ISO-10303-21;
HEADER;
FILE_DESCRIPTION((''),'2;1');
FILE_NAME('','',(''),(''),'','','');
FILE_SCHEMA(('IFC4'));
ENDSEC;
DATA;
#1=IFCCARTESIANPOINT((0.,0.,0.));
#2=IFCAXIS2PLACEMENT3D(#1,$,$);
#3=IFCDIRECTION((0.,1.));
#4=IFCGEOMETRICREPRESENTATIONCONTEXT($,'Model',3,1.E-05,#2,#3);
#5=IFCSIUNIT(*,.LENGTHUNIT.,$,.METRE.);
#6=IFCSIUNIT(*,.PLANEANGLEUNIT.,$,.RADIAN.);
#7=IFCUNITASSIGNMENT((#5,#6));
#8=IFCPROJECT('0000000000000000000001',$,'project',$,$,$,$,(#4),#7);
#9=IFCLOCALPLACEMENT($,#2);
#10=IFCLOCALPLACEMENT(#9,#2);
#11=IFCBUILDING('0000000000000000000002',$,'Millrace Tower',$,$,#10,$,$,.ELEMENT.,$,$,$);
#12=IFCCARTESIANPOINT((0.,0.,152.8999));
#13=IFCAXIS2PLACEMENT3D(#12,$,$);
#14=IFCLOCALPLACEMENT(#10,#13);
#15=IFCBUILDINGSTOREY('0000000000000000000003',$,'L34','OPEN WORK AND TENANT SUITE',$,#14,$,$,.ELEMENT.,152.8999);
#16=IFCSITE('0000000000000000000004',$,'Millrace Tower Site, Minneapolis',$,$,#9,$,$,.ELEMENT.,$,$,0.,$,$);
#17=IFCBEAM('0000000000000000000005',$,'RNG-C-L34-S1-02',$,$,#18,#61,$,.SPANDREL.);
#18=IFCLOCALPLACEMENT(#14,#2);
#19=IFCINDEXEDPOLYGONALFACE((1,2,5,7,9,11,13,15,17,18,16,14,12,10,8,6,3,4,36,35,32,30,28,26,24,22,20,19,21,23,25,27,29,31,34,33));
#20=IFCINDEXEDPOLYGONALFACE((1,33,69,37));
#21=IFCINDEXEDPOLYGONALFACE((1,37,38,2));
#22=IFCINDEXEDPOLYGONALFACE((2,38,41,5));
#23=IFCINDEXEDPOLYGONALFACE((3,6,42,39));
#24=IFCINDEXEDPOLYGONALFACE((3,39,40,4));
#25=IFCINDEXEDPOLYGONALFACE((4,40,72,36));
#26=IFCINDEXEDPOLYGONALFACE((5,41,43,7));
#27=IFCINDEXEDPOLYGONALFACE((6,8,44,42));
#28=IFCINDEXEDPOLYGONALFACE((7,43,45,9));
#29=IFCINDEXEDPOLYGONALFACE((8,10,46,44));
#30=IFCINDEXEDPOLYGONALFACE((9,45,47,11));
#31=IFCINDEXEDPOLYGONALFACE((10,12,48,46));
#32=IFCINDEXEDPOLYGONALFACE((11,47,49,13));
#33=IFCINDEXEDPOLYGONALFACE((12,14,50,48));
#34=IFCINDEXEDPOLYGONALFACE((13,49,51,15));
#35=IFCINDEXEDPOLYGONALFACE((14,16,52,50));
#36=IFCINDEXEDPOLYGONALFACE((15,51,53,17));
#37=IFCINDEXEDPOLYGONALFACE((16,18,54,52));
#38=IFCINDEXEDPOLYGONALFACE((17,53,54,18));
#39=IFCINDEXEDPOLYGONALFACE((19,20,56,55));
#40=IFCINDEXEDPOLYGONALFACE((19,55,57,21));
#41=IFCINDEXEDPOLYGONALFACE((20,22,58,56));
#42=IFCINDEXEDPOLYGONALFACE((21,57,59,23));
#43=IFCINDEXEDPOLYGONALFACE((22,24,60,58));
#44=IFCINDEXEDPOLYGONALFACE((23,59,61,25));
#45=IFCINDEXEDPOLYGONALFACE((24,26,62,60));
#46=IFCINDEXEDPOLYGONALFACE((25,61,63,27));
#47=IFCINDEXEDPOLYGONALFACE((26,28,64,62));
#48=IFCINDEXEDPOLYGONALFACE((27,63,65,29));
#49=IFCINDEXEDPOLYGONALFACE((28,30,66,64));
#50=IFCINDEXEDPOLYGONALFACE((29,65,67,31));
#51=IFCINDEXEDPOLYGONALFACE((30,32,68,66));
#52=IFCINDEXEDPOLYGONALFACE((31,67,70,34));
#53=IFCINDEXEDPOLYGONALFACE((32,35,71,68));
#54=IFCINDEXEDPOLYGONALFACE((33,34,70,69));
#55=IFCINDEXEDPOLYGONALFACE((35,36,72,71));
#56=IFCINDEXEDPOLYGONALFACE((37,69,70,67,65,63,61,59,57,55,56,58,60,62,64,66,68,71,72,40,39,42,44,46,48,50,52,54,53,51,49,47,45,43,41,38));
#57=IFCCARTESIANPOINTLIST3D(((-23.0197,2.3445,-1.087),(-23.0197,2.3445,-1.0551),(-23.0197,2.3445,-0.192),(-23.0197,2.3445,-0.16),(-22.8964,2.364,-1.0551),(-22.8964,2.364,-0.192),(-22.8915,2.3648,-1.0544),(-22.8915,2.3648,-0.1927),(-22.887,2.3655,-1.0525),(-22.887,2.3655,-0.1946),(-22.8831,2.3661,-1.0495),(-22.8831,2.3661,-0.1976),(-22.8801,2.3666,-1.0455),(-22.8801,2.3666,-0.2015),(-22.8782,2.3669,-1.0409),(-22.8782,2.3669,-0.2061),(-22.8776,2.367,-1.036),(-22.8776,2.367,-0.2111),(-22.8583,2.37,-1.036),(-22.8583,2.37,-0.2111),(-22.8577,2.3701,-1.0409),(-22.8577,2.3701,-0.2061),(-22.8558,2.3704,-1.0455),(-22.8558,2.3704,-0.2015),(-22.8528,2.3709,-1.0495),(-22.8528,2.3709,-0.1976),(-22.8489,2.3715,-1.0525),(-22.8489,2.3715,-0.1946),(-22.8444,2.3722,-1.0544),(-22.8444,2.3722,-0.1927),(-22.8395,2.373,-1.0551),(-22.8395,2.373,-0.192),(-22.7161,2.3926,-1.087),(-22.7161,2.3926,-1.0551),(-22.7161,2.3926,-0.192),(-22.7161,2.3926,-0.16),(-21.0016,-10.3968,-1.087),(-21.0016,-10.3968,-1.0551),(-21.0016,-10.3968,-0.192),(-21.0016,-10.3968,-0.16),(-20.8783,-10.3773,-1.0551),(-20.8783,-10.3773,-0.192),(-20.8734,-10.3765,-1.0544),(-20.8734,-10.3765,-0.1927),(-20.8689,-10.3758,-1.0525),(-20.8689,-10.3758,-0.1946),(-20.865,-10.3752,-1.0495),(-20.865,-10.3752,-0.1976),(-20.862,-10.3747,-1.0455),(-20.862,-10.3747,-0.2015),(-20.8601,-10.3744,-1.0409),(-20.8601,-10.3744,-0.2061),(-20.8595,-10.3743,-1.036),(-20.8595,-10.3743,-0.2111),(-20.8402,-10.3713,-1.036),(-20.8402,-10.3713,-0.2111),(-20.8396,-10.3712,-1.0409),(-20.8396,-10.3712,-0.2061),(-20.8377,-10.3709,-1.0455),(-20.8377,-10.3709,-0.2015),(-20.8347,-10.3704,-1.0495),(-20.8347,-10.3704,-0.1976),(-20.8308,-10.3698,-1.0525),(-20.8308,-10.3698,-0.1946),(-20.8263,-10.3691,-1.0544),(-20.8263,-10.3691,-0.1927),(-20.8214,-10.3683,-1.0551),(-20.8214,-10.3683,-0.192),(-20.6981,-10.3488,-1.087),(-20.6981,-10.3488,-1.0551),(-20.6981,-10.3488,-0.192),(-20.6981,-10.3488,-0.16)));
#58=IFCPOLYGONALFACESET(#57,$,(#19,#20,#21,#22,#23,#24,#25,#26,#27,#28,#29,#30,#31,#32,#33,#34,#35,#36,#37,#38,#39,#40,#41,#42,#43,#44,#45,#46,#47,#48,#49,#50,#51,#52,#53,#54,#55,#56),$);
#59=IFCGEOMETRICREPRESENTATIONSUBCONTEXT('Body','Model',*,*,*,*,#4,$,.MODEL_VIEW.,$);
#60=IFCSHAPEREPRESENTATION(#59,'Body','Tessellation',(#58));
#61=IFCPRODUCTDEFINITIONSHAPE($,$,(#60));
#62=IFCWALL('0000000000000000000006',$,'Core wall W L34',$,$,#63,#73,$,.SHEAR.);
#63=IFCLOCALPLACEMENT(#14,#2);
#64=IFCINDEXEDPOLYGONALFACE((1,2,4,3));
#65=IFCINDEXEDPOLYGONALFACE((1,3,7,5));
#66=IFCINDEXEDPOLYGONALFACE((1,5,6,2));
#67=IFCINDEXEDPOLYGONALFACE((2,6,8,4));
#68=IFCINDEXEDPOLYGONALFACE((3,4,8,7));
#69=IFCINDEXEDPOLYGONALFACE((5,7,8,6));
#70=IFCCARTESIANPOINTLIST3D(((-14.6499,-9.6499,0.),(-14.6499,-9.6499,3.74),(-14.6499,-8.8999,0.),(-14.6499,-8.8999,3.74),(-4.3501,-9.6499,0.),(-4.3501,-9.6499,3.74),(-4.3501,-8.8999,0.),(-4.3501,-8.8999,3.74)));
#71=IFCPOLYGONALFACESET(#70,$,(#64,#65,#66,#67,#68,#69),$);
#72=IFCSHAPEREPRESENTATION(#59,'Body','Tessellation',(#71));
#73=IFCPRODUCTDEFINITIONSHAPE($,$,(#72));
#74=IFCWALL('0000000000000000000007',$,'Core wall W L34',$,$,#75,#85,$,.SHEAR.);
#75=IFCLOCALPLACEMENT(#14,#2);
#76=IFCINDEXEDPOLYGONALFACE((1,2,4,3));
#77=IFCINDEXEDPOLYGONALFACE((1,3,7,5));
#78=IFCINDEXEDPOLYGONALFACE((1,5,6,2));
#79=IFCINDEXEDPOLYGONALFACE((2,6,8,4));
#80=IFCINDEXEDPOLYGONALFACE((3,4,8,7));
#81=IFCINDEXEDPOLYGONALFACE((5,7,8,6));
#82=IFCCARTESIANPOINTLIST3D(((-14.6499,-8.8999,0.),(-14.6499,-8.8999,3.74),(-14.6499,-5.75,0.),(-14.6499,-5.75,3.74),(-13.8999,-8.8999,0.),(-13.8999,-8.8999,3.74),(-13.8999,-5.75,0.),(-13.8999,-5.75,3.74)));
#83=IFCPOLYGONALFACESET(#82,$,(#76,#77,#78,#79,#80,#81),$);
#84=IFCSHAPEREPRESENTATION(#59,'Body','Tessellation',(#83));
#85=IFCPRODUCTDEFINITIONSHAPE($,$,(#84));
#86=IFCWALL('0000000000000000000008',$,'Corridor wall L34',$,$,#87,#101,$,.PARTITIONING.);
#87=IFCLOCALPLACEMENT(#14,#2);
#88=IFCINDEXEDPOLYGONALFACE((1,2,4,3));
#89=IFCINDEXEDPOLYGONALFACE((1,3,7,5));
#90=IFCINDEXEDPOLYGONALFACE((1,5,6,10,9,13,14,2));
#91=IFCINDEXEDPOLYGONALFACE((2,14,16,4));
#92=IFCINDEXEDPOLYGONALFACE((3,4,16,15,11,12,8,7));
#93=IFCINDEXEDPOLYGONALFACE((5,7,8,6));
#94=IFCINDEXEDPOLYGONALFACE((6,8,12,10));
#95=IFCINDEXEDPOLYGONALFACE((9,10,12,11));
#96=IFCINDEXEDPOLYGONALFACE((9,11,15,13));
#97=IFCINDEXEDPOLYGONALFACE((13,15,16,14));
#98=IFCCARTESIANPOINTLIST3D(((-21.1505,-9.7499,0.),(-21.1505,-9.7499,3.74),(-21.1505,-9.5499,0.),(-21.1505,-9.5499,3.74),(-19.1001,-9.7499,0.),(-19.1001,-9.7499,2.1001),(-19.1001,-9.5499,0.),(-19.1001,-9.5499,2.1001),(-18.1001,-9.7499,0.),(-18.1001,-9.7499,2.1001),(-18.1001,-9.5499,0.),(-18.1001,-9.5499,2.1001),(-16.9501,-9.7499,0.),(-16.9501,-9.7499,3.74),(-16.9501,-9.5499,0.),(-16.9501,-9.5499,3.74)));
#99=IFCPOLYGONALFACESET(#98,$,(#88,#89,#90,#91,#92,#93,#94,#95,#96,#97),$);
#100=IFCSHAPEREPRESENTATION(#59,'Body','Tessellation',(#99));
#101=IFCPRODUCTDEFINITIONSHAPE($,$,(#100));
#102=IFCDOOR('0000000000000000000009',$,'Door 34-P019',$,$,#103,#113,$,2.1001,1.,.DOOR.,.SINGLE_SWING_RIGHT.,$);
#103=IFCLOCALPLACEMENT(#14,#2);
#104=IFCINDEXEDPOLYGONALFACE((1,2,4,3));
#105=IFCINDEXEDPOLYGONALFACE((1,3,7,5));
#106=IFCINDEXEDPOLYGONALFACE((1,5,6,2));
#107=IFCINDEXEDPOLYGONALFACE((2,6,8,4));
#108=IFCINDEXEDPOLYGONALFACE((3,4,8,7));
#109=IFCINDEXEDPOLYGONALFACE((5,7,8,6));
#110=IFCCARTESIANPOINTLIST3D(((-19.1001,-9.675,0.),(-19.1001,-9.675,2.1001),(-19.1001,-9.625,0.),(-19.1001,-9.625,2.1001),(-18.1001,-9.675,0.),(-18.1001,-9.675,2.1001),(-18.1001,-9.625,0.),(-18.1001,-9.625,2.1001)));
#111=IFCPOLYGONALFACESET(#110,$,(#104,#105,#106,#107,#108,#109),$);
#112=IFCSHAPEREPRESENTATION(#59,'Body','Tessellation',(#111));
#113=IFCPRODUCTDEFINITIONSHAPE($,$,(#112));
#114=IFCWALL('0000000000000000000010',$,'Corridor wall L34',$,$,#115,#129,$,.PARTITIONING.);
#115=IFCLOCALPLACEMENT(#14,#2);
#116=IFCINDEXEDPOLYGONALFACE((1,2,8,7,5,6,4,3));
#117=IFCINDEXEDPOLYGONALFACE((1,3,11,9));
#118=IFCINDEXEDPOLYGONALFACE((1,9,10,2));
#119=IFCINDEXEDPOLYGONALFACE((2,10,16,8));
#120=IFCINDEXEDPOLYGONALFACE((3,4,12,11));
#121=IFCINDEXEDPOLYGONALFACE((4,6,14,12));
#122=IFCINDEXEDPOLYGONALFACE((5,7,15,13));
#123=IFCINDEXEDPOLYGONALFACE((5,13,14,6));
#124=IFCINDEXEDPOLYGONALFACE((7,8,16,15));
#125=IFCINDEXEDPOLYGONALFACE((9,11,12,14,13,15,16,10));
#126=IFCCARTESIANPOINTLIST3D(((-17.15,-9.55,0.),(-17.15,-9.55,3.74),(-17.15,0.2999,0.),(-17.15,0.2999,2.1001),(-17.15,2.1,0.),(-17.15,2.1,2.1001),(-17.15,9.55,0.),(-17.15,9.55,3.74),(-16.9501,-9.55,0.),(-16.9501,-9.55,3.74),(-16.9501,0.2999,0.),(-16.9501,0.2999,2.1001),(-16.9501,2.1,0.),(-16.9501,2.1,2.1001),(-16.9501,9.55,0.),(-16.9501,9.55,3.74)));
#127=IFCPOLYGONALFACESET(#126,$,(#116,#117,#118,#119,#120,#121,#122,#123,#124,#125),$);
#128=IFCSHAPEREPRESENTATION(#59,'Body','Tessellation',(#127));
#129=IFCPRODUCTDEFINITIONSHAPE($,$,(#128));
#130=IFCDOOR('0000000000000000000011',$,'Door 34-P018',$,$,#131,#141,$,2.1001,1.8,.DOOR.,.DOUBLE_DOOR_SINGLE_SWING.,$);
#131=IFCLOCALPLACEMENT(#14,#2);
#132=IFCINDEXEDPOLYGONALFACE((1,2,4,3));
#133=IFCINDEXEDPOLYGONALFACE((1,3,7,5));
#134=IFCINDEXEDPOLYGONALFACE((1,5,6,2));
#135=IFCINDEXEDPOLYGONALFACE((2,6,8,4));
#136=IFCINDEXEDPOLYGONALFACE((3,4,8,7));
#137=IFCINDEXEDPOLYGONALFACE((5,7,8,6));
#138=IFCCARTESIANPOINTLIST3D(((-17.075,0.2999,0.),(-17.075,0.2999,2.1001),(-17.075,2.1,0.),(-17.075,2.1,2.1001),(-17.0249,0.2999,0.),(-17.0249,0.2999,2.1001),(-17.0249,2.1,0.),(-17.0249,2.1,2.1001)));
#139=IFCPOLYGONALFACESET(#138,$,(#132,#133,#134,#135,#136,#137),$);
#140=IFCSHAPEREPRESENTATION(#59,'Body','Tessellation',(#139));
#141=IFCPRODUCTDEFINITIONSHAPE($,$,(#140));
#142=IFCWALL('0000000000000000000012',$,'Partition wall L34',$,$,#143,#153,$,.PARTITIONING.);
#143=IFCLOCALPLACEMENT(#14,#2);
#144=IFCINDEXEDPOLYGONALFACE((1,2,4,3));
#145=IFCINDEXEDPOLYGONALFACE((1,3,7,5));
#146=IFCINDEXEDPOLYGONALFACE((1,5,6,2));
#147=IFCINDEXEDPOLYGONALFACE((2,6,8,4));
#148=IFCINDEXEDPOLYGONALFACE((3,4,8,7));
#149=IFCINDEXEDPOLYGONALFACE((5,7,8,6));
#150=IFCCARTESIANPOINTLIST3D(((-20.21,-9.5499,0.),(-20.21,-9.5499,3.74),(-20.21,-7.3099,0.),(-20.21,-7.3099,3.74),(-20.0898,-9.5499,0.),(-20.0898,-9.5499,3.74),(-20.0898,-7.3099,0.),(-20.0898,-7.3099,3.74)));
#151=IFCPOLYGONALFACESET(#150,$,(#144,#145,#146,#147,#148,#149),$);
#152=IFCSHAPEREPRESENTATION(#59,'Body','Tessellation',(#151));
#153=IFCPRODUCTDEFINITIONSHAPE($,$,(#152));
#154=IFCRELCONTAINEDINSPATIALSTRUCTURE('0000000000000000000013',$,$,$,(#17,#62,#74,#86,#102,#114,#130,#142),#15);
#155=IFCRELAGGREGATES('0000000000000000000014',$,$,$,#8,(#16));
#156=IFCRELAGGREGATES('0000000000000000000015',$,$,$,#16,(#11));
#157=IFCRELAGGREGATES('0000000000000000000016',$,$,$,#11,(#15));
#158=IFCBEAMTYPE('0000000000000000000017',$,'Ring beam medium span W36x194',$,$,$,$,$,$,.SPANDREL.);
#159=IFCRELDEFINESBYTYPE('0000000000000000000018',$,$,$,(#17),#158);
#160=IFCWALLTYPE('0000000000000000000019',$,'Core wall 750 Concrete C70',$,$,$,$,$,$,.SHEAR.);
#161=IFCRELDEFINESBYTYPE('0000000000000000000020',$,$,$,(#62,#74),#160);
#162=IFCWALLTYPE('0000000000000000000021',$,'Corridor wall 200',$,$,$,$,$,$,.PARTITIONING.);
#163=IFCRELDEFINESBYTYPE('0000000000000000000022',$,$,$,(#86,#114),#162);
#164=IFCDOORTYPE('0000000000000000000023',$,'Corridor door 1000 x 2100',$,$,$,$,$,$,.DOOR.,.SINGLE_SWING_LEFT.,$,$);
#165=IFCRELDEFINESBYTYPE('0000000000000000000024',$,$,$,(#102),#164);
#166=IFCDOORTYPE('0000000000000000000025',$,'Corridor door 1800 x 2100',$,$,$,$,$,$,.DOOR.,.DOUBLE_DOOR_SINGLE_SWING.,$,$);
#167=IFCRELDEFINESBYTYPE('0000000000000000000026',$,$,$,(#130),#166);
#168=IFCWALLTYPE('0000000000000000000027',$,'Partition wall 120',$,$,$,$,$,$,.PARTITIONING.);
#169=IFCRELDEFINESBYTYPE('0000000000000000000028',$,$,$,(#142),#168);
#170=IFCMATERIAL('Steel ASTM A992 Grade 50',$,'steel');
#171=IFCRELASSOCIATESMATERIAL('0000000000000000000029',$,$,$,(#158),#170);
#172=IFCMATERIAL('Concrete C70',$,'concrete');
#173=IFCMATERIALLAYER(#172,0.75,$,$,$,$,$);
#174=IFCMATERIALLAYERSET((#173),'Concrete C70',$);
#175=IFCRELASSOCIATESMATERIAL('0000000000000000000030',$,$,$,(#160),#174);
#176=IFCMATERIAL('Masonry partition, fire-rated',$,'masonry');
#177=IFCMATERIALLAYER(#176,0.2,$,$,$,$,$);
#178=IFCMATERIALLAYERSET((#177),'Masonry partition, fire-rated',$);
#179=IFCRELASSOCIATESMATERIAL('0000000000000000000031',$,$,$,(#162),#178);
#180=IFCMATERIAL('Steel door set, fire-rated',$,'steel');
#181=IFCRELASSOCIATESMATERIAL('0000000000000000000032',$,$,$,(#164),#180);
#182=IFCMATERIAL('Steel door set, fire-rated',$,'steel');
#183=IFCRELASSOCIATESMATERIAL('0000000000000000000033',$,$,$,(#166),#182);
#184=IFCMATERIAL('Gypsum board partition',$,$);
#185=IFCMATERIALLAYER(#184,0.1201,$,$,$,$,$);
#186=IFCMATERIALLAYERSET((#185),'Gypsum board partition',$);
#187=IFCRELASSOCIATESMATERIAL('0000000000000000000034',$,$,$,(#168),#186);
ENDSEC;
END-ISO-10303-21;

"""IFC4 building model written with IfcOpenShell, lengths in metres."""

from ifc_helpers import new_model, si_unit, direction, frame, frame_2d, origin, origin_2d, place, context, subcontext, project, spatial, rectangle, i_section, extrude, material, layer, layer_set, material_profile, profile_set, type_object, element, fill, save


model = new_model("IFC4")

# Units and contexts
model_context = context("Model", 3, precision=1e-05, world=origin(), true_north=direction((0.0, 1.0)))
body_context = subcontext(model_context, "Body", "Model", "MODEL_VIEW")
ifc_project = project(units=[si_unit("LENGTHUNIT", "METRE"), si_unit("PLANEANGLEUNIT", "RADIAN")], contexts=[model_context])

# Site, building, storey
site_placement = place(None, origin())
site = spatial("IfcSite", under=ifc_project, at=site_placement, Name="Millrace Tower Site, Minneapolis", CompositionType="ELEMENT", RefElevation=0.0)
building_placement = place(site_placement, origin())
building = spatial("IfcBuilding", under=site, at=building_placement, Name="Millrace Tower", CompositionType="ELEMENT")
storey_placement = place(building_placement, frame((0.0, 0.0, 152.8999)))
storey = spatial("IfcBuildingStorey", under=building, at=storey_placement, Name="L34", Description="OPEN WORK AND TENANT SUITE", CompositionType="ELEMENT", Elevation=152.8999)

# Beam
ifc_material_1 = material(Name="Steel ASTM A992 Grade 50", Category="steel")
ifc_material_profile_1 = material_profile(ifc_material_1, i_section(OverallWidth=0.3074, OverallDepth=0.927, WebThickness=0.0195, FlangeThickness=0.032, FilletRadius=0.019, at=origin_2d()))
ifc_profile_set_1 = profile_set([ifc_material_profile_1], Name="Steel ASTM A992 Grade 50")
beam_type_1 = type_object("IfcBeamType", Name="Ring beam medium span W36x194", PredefinedType="SPANDREL", material=ifc_profile_set_1)
beam_1_placement = place(storey_placement, frame((-20.8499, -10.3728, -0.6235), z_axis=(-0.156439, 0.987688, 0.0), x_axis=(-0.987688, -0.156439, 0.0)))
element("IfcBeam", 1, at=beam_1_placement, inside=storey, type_object=beam_type_1, Name="RNG-C-L34-S1-02", PredefinedType="SPANDREL", context=body_context, shape_type="SweptSolid", body=[
    extrude(i_section(OverallWidth=0.3074, OverallDepth=0.927, WebThickness=0.0195, FlangeThickness=0.032, FilletRadius=0.019, at=origin_2d()), origin(), (0.0, 0.0, 1.0), 12.9001),
])

# Walls
ifc_material_2 = material(Name="Concrete C70", Category="concrete")
ifc_layer_1 = layer(ifc_material_2, 0.75)
ifc_layer_set_1 = layer_set([ifc_layer_1], Name="Concrete C70")
wall_type_1 = type_object("IfcWallType", Name="Core wall 750 Concrete C70", PredefinedType="SHEAR", material=ifc_layer_set_1)
wall_1_placement = place(storey_placement, frame((-14.6499, -9.2749, 0.0), z_axis=(0.0, 0.0, 1.0), x_axis=(1.0, 0.0, 0.0)))
element("IfcWall", 2, at=wall_1_placement, inside=storey, type_object=wall_type_1, Name="Core wall W L34", PredefinedType="SHEAR", context=body_context, shape_type="SweptSolid", body=[
    extrude(rectangle(XDim=10.2998, YDim=0.75, at=frame_2d((5.1499, 0.0))), origin(), (0.0, 0.0, 1.0), 3.74),
])
wall_2_placement = place(storey_placement, frame((-14.2749, -8.8999, 0.0), z_axis=(0.0, 0.0, 1.0), x_axis=(0.0, 1.0, 0.0)))
element("IfcWall", 3, at=wall_2_placement, inside=storey, type_object=wall_type_1, Name="Core wall W L34", PredefinedType="SHEAR", context=body_context, shape_type="SweptSolid", body=[
    extrude(rectangle(XDim=3.1499, YDim=0.75, at=frame_2d((1.575, 0.0))), origin(), (0.0, 0.0, 1.0), 3.74),
])

# Walls, openings, doors
ifc_material_3 = material(Name="Masonry partition, fire-rated", Category="masonry")
ifc_layer_2 = layer(ifc_material_3, 0.2)
ifc_layer_set_2 = layer_set([ifc_layer_2], Name="Masonry partition, fire-rated")
wall_type_2 = type_object("IfcWallType", Name="Corridor wall 200", PredefinedType="PARTITIONING", material=ifc_layer_set_2)
wall_3_placement = place(storey_placement, frame((-21.1504, -9.6499, 0.0), z_axis=(0.0, 0.0, 1.0), x_axis=(1.0, 0.0, 0.0)))
wall_3 = element("IfcWall", 4, at=wall_3_placement, inside=storey, type_object=wall_type_2, Name="Corridor wall L34", PredefinedType="PARTITIONING", context=body_context, shape_type="SweptSolid", body=[
    extrude(rectangle(XDim=4.2004, YDim=0.2, at=frame_2d((2.1001, 0.0))), origin(), (0.0, 0.0, 1.0), 3.74),
])
opening_1_placement = place(wall_3_placement, frame((2.0503, 0.0, 0.0)))
opening_1 = element("IfcOpeningElement", 5, at=opening_1_placement, cuts=wall_3, PredefinedType="OPENING", context=body_context, shape_type="SweptSolid", body=[
    extrude(rectangle(XDim=1.0, YDim=2.1001, at=frame_2d((0.5, 1.05))), frame((0.0, 0.1099, 0.0), z_axis=(0.0, -1.0, 0.0), x_axis=(1.0, 0.0, 0.0)), (0.0, 0.0, 1.0), 0.22),
])
ifc_material_4 = material(Name="Steel door set, fire-rated", Category="steel")
door_type_1 = type_object("IfcDoorType", Name="Corridor door 1000 x 2100", OperationType="SINGLE_SWING_LEFT", PredefinedType="DOOR", material=ifc_material_4)
door_1_placement = place(opening_1_placement, origin())
door_1 = element("IfcDoor", 6, at=door_1_placement, inside=storey, type_object=door_type_1, Name="Door 34-P019", OperationType="SINGLE_SWING_RIGHT", OverallHeight=2.1001, OverallWidth=1.0, PredefinedType="DOOR", context=body_context, shape_type="SweptSolid", body=[
    extrude(rectangle(XDim=1.0, YDim=2.1001, at=frame_2d((0.5, 1.05))), frame((0.0, 0.0249, 0.0), z_axis=(0.0, -1.0, 0.0), x_axis=(1.0, 0.0, 0.0)), (0.0, 0.0, 1.0), 0.05),
])
fill(opening_1, door_1)
wall_4_placement = place(storey_placement, frame((-17.05, -9.55, 0.0), z_axis=(0.0, 0.0, 1.0), x_axis=(0.0, 1.0, 0.0)))
wall_4 = element("IfcWall", 7, at=wall_4_placement, inside=storey, type_object=wall_type_2, Name="Corridor wall L34", PredefinedType="PARTITIONING", context=body_context, shape_type="SweptSolid", body=[
    extrude(rectangle(XDim=19.1001, YDim=0.2, at=frame_2d((9.55, 0.0))), origin(), (0.0, 0.0, 1.0), 3.74),
])
opening_2_placement = place(wall_4_placement, frame((9.8501, 0.0, 0.0)))
opening_2 = element("IfcOpeningElement", 8, at=opening_2_placement, cuts=wall_4, PredefinedType="OPENING", context=body_context, shape_type="SweptSolid", body=[
    extrude(rectangle(XDim=1.8, YDim=2.1001, at=frame_2d((0.8999, 1.05))), frame((0.0, 0.1099, 0.0), z_axis=(0.0, -1.0, 0.0), x_axis=(1.0, 0.0, 0.0)), (0.0, 0.0, 1.0), 0.22),
])
ifc_material_5 = material(Name="Steel door set, fire-rated", Category="steel")
door_type_2 = type_object("IfcDoorType", Name="Corridor door 1800 x 2100", OperationType="DOUBLE_DOOR_SINGLE_SWING", PredefinedType="DOOR", material=ifc_material_5)
door_2_placement = place(opening_2_placement, origin())
door_2 = element("IfcDoor", 9, at=door_2_placement, inside=storey, type_object=door_type_2, Name="Door 34-P018", OperationType="DOUBLE_DOOR_SINGLE_SWING", OverallHeight=2.1001, OverallWidth=1.8, PredefinedType="DOOR", context=body_context, shape_type="SweptSolid", body=[
    extrude(rectangle(XDim=1.8, YDim=2.1001, at=frame_2d((0.8999, 1.05))), frame((0.0, 0.0249, 0.0), z_axis=(0.0, -1.0, 0.0), x_axis=(1.0, 0.0, 0.0)), (0.0, 0.0, 1.0), 0.05),
])
fill(opening_2, door_2)

# Wall
ifc_material_6 = material(Name="Gypsum board partition")
ifc_layer_3 = layer(ifc_material_6, 0.1201)
ifc_layer_set_3 = layer_set([ifc_layer_3], Name="Gypsum board partition")
wall_type_3 = type_object("IfcWallType", Name="Partition wall 120", PredefinedType="PARTITIONING", material=ifc_layer_set_3)
wall_5_placement = place(storey_placement, frame((-20.1499, -9.55, 0.0), z_axis=(0.0, 0.0, 1.0), x_axis=(0.0, 1.0, 0.0)))
element("IfcWall", 10, at=wall_5_placement, inside=storey, type_object=wall_type_3, Name="Partition wall L34", PredefinedType="PARTITIONING", context=body_context, shape_type="SweptSolid", body=[
    extrude(rectangle(XDim=2.24, YDim=0.1201, at=frame_2d((1.1201, 0.0))), origin(), (0.0, 0.0, 1.0), 3.74),
])

save(model, "model.ifc")
